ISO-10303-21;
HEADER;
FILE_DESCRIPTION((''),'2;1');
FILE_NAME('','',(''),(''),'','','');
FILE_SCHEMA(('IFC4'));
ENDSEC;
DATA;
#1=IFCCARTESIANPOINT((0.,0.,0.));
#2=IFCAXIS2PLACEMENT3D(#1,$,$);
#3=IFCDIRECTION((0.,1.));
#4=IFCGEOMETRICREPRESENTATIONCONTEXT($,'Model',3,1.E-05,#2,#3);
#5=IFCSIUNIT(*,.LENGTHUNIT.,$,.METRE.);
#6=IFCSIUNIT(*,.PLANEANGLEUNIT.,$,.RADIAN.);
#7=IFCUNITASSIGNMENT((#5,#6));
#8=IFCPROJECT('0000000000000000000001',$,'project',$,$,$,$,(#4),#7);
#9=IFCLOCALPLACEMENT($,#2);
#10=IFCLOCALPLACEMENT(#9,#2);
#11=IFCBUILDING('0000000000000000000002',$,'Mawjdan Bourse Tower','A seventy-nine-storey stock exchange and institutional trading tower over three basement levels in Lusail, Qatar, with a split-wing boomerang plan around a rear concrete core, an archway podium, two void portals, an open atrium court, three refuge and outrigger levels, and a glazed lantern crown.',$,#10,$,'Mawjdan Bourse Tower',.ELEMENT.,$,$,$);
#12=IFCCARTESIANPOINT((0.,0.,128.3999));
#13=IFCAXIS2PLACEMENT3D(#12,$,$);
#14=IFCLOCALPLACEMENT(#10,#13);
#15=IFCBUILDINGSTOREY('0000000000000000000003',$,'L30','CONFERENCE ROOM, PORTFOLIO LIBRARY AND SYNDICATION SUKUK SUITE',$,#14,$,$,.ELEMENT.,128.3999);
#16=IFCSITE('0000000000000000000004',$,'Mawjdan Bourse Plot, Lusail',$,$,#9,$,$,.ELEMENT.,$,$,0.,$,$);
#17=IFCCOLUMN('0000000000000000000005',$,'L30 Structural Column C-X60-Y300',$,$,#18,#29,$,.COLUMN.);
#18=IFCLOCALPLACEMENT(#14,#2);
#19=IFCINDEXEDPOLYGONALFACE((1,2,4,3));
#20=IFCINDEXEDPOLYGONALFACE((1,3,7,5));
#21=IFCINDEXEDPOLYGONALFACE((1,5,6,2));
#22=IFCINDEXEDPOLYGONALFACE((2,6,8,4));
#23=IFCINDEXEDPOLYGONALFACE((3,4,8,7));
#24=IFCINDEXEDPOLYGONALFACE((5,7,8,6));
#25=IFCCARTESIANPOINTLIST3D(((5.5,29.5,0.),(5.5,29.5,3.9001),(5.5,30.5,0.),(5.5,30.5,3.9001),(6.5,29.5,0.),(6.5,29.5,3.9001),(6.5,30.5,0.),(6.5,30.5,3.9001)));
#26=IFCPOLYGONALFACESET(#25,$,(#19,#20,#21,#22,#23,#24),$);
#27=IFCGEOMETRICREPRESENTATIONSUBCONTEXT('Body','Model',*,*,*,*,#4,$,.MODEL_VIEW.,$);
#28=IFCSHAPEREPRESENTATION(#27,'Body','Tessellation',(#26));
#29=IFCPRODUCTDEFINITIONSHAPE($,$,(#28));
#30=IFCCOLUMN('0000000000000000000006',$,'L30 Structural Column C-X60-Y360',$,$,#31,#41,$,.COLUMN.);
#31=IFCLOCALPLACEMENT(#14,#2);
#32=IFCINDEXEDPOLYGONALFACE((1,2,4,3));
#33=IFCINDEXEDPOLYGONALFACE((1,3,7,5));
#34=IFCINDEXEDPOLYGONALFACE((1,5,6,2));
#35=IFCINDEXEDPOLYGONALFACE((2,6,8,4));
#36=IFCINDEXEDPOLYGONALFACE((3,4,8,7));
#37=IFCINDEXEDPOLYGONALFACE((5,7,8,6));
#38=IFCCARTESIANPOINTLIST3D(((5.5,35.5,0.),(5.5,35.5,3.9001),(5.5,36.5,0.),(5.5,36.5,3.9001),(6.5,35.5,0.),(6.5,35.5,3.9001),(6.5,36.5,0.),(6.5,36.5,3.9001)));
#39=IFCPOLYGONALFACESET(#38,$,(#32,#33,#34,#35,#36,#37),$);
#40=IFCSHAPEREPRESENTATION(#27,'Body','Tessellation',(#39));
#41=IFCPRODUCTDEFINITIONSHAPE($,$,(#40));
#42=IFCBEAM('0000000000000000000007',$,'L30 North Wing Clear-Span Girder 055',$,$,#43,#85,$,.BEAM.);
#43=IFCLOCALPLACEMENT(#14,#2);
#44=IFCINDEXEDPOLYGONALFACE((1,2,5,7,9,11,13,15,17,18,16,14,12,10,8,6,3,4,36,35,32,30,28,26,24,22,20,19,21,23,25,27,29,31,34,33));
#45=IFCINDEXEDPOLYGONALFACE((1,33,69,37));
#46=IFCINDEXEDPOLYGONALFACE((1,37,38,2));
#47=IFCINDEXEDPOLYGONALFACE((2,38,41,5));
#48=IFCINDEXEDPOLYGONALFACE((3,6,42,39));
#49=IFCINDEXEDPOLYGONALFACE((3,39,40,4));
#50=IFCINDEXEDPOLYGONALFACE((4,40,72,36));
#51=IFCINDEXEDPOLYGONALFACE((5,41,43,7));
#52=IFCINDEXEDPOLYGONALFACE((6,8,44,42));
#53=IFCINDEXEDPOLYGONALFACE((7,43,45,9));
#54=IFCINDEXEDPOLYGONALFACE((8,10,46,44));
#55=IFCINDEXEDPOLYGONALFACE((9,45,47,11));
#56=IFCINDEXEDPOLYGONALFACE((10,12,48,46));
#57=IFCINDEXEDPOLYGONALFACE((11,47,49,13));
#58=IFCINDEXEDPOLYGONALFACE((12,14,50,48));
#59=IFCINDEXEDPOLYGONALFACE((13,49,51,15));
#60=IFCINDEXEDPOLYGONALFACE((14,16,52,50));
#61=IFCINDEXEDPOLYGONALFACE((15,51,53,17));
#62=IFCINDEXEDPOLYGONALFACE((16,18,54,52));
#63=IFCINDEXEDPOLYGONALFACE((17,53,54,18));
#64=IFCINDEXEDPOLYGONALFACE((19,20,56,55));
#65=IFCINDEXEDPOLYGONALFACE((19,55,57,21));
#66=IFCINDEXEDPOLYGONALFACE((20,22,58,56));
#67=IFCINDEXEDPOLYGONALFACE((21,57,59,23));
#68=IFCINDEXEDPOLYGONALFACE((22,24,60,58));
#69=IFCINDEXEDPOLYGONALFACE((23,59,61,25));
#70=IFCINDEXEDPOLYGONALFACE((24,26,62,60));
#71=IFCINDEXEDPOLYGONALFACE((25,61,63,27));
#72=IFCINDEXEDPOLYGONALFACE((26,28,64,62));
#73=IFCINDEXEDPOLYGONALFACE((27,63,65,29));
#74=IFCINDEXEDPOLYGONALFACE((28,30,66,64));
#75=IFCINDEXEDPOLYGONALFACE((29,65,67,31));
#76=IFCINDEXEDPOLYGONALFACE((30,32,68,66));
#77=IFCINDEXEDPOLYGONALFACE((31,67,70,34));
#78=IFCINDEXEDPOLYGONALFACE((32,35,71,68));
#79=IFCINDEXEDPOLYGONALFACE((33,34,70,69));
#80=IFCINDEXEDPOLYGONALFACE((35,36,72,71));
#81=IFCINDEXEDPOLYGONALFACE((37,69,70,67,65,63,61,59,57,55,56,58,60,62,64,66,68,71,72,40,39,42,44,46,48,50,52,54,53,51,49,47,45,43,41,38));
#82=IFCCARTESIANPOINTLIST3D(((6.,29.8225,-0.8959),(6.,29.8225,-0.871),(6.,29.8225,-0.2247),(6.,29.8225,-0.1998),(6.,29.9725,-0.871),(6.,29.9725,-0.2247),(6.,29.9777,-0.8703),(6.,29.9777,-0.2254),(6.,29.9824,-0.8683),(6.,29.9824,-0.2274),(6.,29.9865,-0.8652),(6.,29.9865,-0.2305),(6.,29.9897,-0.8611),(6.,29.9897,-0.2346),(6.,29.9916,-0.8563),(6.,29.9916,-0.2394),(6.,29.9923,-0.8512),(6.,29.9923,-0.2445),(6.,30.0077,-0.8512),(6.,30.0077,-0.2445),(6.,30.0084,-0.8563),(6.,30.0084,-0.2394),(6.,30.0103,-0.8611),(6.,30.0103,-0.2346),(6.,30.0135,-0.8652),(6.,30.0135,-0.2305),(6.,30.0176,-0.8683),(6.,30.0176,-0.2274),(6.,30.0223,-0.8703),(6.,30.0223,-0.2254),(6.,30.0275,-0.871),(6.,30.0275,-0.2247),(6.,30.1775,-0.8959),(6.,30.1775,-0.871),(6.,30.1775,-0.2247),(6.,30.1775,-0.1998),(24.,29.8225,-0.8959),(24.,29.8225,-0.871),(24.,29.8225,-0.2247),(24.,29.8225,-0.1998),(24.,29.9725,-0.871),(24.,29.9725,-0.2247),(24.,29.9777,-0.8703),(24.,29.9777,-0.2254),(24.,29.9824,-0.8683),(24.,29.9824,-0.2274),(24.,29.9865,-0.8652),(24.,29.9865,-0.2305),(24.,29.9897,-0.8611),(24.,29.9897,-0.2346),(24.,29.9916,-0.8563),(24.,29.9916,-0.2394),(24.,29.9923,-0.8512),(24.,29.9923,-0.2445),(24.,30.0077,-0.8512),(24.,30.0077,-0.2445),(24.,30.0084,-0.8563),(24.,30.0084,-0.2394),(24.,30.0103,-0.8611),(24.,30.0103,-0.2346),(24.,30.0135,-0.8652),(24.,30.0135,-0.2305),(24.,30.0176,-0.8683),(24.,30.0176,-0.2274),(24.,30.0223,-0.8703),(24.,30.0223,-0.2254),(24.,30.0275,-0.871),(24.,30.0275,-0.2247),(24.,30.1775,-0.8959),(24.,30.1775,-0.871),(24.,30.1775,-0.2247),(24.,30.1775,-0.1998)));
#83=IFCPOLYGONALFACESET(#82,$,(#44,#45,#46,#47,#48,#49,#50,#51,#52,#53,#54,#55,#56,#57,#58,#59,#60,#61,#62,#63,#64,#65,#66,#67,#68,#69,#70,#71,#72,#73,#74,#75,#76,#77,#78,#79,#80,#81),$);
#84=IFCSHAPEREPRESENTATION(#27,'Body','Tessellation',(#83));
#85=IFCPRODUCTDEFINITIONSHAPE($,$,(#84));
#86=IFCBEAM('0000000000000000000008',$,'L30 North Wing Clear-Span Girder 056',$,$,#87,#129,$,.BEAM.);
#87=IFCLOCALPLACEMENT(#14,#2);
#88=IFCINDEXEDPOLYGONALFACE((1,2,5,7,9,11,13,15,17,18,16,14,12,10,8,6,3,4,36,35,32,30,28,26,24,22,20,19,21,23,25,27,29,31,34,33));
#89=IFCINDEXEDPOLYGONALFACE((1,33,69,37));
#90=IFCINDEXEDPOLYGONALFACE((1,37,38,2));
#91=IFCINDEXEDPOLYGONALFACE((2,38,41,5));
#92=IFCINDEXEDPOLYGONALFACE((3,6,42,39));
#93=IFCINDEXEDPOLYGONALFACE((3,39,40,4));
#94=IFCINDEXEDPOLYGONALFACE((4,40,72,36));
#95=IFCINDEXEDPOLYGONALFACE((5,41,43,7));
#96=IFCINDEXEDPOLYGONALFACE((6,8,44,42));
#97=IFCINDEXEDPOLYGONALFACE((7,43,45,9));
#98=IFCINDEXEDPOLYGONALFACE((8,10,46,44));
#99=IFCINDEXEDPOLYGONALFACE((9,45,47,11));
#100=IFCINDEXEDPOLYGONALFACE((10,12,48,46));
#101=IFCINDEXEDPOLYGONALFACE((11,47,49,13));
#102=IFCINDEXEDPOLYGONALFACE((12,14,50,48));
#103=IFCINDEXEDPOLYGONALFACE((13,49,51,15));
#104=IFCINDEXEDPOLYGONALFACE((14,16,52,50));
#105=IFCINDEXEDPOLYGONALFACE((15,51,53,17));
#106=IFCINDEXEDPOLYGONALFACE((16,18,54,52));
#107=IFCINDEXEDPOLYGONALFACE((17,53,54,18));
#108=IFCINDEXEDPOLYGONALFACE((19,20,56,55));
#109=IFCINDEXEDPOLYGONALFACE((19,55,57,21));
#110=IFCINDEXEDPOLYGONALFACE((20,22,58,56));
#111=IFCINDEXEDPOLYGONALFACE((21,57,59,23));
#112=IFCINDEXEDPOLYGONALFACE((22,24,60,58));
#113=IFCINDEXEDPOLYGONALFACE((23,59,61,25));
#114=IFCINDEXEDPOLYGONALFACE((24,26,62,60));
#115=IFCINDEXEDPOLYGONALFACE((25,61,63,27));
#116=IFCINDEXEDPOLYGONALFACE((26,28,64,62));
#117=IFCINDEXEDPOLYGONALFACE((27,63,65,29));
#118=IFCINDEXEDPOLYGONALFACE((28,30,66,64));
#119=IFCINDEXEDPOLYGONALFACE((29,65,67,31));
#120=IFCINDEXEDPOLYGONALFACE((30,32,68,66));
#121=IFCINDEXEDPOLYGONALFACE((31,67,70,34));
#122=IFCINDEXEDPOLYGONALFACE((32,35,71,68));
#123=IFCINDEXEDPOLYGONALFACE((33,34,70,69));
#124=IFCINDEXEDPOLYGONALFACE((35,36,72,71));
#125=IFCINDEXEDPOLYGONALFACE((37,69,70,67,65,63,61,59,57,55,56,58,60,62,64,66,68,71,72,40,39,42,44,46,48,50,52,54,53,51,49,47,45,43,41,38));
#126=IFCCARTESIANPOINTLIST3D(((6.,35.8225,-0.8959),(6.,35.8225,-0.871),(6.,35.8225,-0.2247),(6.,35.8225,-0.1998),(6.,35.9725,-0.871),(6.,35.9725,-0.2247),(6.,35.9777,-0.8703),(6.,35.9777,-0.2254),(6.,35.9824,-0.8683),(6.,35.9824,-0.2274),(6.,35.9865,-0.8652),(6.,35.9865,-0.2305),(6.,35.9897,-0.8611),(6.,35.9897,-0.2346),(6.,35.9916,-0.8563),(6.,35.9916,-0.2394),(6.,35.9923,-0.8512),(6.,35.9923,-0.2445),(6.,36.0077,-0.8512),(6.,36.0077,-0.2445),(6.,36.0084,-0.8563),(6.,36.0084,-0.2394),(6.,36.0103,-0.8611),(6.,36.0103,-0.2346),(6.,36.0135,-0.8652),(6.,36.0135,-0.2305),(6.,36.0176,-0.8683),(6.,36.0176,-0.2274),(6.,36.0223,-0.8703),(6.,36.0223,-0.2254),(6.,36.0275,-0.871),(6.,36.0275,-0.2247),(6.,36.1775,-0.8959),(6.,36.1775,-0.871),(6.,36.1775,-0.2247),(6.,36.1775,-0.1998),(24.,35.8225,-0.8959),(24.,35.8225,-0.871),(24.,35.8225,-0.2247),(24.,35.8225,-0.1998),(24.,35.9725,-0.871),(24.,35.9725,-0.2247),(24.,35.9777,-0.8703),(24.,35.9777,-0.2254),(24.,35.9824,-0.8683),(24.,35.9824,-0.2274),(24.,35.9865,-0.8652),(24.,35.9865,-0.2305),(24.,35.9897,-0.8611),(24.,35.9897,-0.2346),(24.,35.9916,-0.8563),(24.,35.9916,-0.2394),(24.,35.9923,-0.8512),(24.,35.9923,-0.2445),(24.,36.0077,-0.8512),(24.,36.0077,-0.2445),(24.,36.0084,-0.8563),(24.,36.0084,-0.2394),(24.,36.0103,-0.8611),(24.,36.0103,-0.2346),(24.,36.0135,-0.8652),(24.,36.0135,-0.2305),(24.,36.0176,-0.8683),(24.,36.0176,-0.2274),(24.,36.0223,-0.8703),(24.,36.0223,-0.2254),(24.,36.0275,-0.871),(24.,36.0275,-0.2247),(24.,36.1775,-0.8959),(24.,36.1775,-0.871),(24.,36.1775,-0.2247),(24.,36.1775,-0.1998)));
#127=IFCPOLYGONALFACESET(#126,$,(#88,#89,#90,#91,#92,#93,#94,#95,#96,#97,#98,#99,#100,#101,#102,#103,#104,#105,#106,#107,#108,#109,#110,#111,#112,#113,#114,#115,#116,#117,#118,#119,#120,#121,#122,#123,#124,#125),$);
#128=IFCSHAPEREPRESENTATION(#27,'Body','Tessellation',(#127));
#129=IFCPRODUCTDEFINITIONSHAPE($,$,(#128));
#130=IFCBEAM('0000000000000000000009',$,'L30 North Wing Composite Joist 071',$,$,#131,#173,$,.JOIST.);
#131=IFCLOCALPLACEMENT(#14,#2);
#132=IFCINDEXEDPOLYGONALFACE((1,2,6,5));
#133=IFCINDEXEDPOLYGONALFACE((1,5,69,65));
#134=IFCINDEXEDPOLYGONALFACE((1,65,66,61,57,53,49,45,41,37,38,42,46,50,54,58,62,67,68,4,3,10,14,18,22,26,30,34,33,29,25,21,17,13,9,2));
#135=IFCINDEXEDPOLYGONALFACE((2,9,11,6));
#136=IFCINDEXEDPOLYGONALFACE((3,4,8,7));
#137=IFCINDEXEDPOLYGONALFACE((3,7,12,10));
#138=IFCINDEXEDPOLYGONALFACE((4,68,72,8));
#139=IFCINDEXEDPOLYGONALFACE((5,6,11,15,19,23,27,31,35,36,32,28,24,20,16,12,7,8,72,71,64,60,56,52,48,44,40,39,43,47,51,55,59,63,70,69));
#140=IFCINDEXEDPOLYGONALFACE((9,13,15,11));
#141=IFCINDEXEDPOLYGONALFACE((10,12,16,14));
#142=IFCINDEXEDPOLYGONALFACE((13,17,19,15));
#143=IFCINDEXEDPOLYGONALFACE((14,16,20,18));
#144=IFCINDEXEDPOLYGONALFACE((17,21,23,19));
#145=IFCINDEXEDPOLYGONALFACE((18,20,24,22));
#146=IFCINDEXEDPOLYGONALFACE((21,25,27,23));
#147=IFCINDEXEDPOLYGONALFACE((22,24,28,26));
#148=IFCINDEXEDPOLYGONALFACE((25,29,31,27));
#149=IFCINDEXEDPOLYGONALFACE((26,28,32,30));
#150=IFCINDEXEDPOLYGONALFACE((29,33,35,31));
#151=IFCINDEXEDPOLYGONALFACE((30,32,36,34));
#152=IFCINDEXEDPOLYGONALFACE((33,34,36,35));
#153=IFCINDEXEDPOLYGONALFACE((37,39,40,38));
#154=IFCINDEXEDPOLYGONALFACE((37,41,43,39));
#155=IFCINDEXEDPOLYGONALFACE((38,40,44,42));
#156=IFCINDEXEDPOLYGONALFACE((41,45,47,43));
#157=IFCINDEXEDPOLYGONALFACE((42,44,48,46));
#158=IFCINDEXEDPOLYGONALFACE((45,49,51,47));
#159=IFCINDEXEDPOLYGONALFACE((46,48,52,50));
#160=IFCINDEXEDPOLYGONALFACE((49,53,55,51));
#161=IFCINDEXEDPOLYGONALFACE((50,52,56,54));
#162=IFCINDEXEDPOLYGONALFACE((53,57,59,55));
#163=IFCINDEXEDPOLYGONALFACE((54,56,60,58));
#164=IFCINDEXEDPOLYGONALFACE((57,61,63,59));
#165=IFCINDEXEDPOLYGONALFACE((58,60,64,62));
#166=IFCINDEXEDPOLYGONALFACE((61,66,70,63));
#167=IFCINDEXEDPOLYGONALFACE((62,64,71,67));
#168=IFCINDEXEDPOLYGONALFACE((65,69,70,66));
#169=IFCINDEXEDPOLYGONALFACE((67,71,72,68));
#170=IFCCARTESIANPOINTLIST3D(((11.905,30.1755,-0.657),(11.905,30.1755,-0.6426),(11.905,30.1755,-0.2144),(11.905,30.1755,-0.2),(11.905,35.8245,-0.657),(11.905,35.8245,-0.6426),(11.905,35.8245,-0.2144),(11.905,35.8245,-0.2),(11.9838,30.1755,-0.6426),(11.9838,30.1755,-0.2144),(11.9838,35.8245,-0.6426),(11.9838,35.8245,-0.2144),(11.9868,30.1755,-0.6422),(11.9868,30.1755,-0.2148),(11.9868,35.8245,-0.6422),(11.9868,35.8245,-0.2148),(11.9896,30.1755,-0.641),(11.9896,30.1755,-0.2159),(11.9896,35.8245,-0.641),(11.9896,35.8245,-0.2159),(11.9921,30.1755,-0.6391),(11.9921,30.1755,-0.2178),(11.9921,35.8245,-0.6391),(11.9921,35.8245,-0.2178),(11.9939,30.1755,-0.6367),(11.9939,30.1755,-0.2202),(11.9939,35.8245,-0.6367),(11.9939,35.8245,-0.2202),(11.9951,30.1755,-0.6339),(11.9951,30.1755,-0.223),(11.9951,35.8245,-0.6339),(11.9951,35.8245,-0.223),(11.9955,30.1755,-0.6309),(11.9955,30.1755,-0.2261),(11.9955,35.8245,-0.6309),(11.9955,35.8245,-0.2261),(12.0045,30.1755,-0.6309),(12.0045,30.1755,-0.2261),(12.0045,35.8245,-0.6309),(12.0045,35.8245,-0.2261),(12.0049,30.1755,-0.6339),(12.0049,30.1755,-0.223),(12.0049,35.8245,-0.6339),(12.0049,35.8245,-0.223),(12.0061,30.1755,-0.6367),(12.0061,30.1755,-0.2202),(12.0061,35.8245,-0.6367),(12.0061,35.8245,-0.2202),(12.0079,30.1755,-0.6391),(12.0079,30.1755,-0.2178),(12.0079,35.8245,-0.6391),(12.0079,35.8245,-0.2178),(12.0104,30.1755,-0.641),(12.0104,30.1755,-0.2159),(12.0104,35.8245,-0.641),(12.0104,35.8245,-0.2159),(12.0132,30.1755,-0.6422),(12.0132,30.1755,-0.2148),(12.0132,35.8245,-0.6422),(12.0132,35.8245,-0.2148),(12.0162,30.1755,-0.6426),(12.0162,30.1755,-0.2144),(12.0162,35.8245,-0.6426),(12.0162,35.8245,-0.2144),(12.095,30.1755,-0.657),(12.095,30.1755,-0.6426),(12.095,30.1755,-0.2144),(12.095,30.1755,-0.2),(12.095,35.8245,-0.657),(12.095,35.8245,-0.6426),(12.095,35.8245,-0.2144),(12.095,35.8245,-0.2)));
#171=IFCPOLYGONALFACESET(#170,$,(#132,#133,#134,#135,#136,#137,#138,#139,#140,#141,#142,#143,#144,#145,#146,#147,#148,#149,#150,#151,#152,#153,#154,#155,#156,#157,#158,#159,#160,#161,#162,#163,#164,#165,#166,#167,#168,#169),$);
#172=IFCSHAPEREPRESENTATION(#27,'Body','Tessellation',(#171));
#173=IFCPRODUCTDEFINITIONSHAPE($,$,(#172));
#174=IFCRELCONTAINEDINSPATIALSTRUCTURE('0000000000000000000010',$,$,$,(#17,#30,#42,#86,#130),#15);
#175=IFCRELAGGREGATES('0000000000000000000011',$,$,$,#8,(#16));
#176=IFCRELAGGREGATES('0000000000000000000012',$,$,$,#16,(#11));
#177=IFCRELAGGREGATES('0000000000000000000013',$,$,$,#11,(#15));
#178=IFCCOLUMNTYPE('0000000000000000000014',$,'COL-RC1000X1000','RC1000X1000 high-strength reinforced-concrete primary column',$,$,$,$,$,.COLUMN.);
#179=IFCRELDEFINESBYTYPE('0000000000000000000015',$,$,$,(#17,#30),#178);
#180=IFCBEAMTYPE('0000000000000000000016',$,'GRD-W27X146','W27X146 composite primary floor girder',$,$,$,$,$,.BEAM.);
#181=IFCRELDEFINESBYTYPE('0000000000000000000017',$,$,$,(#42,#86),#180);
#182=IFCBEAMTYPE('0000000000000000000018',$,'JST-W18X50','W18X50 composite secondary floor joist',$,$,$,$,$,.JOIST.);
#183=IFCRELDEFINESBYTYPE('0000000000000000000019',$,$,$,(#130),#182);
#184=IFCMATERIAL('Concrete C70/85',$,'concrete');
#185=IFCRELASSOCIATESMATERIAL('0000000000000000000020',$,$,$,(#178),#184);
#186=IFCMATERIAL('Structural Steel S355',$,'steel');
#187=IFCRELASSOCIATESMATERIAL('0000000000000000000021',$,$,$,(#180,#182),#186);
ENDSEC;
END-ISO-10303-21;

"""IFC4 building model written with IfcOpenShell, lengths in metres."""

from ifc_helpers import new_model, si_unit, direction, frame, origin, origin_2d, place, context, subcontext, project, spatial, rectangle, i_section, extrude, material, material_profile, profile_set, type_object, element, save


model = new_model("IFC4")

# Units and contexts
model_context = context("Model", 3, precision=1e-05, world=origin(), true_north=direction((0.0, 1.0)))
body_context = subcontext(model_context, "Body", "Model", "MODEL_VIEW")
ifc_project = project(units=[si_unit("LENGTHUNIT", "METRE"), si_unit("PLANEANGLEUNIT", "RADIAN")], contexts=[model_context])

# Site, building, storey
site_placement = place(None, origin())
site = spatial("IfcSite", under=ifc_project, at=site_placement, Name="Mawjdan Bourse Plot, Lusail", CompositionType="ELEMENT", RefElevation=0.0)
building_placement = place(site_placement, origin())
building = spatial("IfcBuilding", under=site, at=building_placement, Name="Mawjdan Bourse Tower", Description="A seventy-nine-storey stock exchange and institutional trading tower over three basement levels in Lusail, Qatar, with a split-wing boomerang plan around a rear concrete core, an archway podium, two void portals, an open atrium court, three refuge and outrigger levels, and a glazed lantern crown.", LongName="Mawjdan Bourse Tower", CompositionType="ELEMENT")
storey_placement = place(building_placement, frame((0.0, 0.0, 128.3999)))
storey = spatial("IfcBuildingStorey", under=building, at=storey_placement, Name="L30", Description="CONFERENCE ROOM, PORTFOLIO LIBRARY AND SYNDICATION SUKUK SUITE", CompositionType="ELEMENT", Elevation=128.3999)

# Columns
ifc_material_1 = material(Name="Concrete C70/85", Category="concrete")
ifc_material_profile_1 = material_profile(ifc_material_1, rectangle(XDim=1.0, YDim=1.0, at=origin_2d()), Name="RC1000X1000")
ifc_profile_set_1 = profile_set([ifc_material_profile_1], Name="Concrete C70/85")
column_type = type_object("IfcColumnType", Name="COL-RC1000X1000", Description="RC1000X1000 high-strength reinforced-concrete primary column", PredefinedType="COLUMN", material=ifc_profile_set_1)
for number, where, z_axis, x_axis, name in (
    (1, (6.0, 30.0, 0.0), (0.0, 0.0, 1.0), (1.0, 0.0, 0.0), "L30 Structural Column C-X60-Y300"),
    (2, (6.0, 36.0, 0.0), (0.0, 0.0, 1.0), (1.0, 0.0, 0.0), "L30 Structural Column C-X60-Y360"),
):
    element("IfcColumn", number, at=place(storey_placement, frame(where, z_axis=z_axis, x_axis=x_axis)), inside=storey, type_object=column_type, Name=name, PredefinedType="COLUMN", context=body_context, shape_type="SweptSolid", body=[
        extrude(rectangle(XDim=1.0, YDim=1.0, at=origin_2d()), origin(), (0.0, 0.0, 1.0), 3.9001),
    ])

# Beams
ifc_material_2 = material(Name="Structural Steel S355", Category="steel")
ifc_material_profile_2 = material_profile(ifc_material_2, i_section(OverallWidth=0.355, OverallDepth=0.696, WebThickness=0.0154, FlangeThickness=0.0249, FilletRadius=0.0198, at=origin_2d()), Name="W27X146")
ifc_profile_set_2 = profile_set([ifc_material_profile_2], Name="Structural Steel S355")
beam_type_1 = type_object("IfcBeamType", Name="GRD-W27X146", Description="W27X146 composite primary floor girder", PredefinedType="BEAM", material=ifc_profile_set_2)
for number, where, z_axis, x_axis, name in (
    (3, (6.0, 30.0, -0.5479), (1.0, 0.0, 0.0), (0.0, 1.0, 0.0), "L30 North Wing Clear-Span Girder 055"),
    (4, (6.0, 36.0, -0.5479), (1.0, 0.0, 0.0), (0.0, 1.0, 0.0), "L30 North Wing Clear-Span Girder 056"),
):
    element("IfcBeam", number, at=place(storey_placement, frame(where, z_axis=z_axis, x_axis=x_axis)), inside=storey, type_object=beam_type_1, Name=name, PredefinedType="BEAM", context=body_context, shape_type="SweptSolid", body=[
        extrude(i_section(OverallWidth=0.355, OverallDepth=0.696, WebThickness=0.0154, FlangeThickness=0.0249, FilletRadius=0.0198, at=origin_2d()), origin(), (0.0, 0.0, 1.0), 18.0),
    ])
ifc_material_profile_3 = material_profile(ifc_material_2, i_section(OverallWidth=0.1899, OverallDepth=0.457, WebThickness=0.009, FlangeThickness=0.0144, FilletRadius=0.0117, at=origin_2d()), Name="W18X50")
ifc_profile_set_3 = profile_set([ifc_material_profile_3], Name="Structural Steel S355")
beam_type_2 = type_object("IfcBeamType", Name="JST-W18X50", Description="W18X50 composite secondary floor joist", PredefinedType="JOIST", material=ifc_profile_set_3)
beam_1_placement = place(storey_placement, frame((12.0, 30.1755, -0.4285), z_axis=(0.0, 1.0, 0.0), x_axis=(-1.0, 0.0, 0.0)))
element("IfcBeam", 5, at=beam_1_placement, inside=storey, type_object=beam_type_2, Name="L30 North Wing Composite Joist 071", PredefinedType="JOIST", context=body_context, shape_type="SweptSolid", body=[
    extrude(i_section(OverallWidth=0.1899, OverallDepth=0.457, WebThickness=0.009, FlangeThickness=0.0144, FilletRadius=0.0117, at=origin_2d()), origin(), (0.0, 0.0, 1.0), 5.6489),
])

save(model, "model.ifc")
